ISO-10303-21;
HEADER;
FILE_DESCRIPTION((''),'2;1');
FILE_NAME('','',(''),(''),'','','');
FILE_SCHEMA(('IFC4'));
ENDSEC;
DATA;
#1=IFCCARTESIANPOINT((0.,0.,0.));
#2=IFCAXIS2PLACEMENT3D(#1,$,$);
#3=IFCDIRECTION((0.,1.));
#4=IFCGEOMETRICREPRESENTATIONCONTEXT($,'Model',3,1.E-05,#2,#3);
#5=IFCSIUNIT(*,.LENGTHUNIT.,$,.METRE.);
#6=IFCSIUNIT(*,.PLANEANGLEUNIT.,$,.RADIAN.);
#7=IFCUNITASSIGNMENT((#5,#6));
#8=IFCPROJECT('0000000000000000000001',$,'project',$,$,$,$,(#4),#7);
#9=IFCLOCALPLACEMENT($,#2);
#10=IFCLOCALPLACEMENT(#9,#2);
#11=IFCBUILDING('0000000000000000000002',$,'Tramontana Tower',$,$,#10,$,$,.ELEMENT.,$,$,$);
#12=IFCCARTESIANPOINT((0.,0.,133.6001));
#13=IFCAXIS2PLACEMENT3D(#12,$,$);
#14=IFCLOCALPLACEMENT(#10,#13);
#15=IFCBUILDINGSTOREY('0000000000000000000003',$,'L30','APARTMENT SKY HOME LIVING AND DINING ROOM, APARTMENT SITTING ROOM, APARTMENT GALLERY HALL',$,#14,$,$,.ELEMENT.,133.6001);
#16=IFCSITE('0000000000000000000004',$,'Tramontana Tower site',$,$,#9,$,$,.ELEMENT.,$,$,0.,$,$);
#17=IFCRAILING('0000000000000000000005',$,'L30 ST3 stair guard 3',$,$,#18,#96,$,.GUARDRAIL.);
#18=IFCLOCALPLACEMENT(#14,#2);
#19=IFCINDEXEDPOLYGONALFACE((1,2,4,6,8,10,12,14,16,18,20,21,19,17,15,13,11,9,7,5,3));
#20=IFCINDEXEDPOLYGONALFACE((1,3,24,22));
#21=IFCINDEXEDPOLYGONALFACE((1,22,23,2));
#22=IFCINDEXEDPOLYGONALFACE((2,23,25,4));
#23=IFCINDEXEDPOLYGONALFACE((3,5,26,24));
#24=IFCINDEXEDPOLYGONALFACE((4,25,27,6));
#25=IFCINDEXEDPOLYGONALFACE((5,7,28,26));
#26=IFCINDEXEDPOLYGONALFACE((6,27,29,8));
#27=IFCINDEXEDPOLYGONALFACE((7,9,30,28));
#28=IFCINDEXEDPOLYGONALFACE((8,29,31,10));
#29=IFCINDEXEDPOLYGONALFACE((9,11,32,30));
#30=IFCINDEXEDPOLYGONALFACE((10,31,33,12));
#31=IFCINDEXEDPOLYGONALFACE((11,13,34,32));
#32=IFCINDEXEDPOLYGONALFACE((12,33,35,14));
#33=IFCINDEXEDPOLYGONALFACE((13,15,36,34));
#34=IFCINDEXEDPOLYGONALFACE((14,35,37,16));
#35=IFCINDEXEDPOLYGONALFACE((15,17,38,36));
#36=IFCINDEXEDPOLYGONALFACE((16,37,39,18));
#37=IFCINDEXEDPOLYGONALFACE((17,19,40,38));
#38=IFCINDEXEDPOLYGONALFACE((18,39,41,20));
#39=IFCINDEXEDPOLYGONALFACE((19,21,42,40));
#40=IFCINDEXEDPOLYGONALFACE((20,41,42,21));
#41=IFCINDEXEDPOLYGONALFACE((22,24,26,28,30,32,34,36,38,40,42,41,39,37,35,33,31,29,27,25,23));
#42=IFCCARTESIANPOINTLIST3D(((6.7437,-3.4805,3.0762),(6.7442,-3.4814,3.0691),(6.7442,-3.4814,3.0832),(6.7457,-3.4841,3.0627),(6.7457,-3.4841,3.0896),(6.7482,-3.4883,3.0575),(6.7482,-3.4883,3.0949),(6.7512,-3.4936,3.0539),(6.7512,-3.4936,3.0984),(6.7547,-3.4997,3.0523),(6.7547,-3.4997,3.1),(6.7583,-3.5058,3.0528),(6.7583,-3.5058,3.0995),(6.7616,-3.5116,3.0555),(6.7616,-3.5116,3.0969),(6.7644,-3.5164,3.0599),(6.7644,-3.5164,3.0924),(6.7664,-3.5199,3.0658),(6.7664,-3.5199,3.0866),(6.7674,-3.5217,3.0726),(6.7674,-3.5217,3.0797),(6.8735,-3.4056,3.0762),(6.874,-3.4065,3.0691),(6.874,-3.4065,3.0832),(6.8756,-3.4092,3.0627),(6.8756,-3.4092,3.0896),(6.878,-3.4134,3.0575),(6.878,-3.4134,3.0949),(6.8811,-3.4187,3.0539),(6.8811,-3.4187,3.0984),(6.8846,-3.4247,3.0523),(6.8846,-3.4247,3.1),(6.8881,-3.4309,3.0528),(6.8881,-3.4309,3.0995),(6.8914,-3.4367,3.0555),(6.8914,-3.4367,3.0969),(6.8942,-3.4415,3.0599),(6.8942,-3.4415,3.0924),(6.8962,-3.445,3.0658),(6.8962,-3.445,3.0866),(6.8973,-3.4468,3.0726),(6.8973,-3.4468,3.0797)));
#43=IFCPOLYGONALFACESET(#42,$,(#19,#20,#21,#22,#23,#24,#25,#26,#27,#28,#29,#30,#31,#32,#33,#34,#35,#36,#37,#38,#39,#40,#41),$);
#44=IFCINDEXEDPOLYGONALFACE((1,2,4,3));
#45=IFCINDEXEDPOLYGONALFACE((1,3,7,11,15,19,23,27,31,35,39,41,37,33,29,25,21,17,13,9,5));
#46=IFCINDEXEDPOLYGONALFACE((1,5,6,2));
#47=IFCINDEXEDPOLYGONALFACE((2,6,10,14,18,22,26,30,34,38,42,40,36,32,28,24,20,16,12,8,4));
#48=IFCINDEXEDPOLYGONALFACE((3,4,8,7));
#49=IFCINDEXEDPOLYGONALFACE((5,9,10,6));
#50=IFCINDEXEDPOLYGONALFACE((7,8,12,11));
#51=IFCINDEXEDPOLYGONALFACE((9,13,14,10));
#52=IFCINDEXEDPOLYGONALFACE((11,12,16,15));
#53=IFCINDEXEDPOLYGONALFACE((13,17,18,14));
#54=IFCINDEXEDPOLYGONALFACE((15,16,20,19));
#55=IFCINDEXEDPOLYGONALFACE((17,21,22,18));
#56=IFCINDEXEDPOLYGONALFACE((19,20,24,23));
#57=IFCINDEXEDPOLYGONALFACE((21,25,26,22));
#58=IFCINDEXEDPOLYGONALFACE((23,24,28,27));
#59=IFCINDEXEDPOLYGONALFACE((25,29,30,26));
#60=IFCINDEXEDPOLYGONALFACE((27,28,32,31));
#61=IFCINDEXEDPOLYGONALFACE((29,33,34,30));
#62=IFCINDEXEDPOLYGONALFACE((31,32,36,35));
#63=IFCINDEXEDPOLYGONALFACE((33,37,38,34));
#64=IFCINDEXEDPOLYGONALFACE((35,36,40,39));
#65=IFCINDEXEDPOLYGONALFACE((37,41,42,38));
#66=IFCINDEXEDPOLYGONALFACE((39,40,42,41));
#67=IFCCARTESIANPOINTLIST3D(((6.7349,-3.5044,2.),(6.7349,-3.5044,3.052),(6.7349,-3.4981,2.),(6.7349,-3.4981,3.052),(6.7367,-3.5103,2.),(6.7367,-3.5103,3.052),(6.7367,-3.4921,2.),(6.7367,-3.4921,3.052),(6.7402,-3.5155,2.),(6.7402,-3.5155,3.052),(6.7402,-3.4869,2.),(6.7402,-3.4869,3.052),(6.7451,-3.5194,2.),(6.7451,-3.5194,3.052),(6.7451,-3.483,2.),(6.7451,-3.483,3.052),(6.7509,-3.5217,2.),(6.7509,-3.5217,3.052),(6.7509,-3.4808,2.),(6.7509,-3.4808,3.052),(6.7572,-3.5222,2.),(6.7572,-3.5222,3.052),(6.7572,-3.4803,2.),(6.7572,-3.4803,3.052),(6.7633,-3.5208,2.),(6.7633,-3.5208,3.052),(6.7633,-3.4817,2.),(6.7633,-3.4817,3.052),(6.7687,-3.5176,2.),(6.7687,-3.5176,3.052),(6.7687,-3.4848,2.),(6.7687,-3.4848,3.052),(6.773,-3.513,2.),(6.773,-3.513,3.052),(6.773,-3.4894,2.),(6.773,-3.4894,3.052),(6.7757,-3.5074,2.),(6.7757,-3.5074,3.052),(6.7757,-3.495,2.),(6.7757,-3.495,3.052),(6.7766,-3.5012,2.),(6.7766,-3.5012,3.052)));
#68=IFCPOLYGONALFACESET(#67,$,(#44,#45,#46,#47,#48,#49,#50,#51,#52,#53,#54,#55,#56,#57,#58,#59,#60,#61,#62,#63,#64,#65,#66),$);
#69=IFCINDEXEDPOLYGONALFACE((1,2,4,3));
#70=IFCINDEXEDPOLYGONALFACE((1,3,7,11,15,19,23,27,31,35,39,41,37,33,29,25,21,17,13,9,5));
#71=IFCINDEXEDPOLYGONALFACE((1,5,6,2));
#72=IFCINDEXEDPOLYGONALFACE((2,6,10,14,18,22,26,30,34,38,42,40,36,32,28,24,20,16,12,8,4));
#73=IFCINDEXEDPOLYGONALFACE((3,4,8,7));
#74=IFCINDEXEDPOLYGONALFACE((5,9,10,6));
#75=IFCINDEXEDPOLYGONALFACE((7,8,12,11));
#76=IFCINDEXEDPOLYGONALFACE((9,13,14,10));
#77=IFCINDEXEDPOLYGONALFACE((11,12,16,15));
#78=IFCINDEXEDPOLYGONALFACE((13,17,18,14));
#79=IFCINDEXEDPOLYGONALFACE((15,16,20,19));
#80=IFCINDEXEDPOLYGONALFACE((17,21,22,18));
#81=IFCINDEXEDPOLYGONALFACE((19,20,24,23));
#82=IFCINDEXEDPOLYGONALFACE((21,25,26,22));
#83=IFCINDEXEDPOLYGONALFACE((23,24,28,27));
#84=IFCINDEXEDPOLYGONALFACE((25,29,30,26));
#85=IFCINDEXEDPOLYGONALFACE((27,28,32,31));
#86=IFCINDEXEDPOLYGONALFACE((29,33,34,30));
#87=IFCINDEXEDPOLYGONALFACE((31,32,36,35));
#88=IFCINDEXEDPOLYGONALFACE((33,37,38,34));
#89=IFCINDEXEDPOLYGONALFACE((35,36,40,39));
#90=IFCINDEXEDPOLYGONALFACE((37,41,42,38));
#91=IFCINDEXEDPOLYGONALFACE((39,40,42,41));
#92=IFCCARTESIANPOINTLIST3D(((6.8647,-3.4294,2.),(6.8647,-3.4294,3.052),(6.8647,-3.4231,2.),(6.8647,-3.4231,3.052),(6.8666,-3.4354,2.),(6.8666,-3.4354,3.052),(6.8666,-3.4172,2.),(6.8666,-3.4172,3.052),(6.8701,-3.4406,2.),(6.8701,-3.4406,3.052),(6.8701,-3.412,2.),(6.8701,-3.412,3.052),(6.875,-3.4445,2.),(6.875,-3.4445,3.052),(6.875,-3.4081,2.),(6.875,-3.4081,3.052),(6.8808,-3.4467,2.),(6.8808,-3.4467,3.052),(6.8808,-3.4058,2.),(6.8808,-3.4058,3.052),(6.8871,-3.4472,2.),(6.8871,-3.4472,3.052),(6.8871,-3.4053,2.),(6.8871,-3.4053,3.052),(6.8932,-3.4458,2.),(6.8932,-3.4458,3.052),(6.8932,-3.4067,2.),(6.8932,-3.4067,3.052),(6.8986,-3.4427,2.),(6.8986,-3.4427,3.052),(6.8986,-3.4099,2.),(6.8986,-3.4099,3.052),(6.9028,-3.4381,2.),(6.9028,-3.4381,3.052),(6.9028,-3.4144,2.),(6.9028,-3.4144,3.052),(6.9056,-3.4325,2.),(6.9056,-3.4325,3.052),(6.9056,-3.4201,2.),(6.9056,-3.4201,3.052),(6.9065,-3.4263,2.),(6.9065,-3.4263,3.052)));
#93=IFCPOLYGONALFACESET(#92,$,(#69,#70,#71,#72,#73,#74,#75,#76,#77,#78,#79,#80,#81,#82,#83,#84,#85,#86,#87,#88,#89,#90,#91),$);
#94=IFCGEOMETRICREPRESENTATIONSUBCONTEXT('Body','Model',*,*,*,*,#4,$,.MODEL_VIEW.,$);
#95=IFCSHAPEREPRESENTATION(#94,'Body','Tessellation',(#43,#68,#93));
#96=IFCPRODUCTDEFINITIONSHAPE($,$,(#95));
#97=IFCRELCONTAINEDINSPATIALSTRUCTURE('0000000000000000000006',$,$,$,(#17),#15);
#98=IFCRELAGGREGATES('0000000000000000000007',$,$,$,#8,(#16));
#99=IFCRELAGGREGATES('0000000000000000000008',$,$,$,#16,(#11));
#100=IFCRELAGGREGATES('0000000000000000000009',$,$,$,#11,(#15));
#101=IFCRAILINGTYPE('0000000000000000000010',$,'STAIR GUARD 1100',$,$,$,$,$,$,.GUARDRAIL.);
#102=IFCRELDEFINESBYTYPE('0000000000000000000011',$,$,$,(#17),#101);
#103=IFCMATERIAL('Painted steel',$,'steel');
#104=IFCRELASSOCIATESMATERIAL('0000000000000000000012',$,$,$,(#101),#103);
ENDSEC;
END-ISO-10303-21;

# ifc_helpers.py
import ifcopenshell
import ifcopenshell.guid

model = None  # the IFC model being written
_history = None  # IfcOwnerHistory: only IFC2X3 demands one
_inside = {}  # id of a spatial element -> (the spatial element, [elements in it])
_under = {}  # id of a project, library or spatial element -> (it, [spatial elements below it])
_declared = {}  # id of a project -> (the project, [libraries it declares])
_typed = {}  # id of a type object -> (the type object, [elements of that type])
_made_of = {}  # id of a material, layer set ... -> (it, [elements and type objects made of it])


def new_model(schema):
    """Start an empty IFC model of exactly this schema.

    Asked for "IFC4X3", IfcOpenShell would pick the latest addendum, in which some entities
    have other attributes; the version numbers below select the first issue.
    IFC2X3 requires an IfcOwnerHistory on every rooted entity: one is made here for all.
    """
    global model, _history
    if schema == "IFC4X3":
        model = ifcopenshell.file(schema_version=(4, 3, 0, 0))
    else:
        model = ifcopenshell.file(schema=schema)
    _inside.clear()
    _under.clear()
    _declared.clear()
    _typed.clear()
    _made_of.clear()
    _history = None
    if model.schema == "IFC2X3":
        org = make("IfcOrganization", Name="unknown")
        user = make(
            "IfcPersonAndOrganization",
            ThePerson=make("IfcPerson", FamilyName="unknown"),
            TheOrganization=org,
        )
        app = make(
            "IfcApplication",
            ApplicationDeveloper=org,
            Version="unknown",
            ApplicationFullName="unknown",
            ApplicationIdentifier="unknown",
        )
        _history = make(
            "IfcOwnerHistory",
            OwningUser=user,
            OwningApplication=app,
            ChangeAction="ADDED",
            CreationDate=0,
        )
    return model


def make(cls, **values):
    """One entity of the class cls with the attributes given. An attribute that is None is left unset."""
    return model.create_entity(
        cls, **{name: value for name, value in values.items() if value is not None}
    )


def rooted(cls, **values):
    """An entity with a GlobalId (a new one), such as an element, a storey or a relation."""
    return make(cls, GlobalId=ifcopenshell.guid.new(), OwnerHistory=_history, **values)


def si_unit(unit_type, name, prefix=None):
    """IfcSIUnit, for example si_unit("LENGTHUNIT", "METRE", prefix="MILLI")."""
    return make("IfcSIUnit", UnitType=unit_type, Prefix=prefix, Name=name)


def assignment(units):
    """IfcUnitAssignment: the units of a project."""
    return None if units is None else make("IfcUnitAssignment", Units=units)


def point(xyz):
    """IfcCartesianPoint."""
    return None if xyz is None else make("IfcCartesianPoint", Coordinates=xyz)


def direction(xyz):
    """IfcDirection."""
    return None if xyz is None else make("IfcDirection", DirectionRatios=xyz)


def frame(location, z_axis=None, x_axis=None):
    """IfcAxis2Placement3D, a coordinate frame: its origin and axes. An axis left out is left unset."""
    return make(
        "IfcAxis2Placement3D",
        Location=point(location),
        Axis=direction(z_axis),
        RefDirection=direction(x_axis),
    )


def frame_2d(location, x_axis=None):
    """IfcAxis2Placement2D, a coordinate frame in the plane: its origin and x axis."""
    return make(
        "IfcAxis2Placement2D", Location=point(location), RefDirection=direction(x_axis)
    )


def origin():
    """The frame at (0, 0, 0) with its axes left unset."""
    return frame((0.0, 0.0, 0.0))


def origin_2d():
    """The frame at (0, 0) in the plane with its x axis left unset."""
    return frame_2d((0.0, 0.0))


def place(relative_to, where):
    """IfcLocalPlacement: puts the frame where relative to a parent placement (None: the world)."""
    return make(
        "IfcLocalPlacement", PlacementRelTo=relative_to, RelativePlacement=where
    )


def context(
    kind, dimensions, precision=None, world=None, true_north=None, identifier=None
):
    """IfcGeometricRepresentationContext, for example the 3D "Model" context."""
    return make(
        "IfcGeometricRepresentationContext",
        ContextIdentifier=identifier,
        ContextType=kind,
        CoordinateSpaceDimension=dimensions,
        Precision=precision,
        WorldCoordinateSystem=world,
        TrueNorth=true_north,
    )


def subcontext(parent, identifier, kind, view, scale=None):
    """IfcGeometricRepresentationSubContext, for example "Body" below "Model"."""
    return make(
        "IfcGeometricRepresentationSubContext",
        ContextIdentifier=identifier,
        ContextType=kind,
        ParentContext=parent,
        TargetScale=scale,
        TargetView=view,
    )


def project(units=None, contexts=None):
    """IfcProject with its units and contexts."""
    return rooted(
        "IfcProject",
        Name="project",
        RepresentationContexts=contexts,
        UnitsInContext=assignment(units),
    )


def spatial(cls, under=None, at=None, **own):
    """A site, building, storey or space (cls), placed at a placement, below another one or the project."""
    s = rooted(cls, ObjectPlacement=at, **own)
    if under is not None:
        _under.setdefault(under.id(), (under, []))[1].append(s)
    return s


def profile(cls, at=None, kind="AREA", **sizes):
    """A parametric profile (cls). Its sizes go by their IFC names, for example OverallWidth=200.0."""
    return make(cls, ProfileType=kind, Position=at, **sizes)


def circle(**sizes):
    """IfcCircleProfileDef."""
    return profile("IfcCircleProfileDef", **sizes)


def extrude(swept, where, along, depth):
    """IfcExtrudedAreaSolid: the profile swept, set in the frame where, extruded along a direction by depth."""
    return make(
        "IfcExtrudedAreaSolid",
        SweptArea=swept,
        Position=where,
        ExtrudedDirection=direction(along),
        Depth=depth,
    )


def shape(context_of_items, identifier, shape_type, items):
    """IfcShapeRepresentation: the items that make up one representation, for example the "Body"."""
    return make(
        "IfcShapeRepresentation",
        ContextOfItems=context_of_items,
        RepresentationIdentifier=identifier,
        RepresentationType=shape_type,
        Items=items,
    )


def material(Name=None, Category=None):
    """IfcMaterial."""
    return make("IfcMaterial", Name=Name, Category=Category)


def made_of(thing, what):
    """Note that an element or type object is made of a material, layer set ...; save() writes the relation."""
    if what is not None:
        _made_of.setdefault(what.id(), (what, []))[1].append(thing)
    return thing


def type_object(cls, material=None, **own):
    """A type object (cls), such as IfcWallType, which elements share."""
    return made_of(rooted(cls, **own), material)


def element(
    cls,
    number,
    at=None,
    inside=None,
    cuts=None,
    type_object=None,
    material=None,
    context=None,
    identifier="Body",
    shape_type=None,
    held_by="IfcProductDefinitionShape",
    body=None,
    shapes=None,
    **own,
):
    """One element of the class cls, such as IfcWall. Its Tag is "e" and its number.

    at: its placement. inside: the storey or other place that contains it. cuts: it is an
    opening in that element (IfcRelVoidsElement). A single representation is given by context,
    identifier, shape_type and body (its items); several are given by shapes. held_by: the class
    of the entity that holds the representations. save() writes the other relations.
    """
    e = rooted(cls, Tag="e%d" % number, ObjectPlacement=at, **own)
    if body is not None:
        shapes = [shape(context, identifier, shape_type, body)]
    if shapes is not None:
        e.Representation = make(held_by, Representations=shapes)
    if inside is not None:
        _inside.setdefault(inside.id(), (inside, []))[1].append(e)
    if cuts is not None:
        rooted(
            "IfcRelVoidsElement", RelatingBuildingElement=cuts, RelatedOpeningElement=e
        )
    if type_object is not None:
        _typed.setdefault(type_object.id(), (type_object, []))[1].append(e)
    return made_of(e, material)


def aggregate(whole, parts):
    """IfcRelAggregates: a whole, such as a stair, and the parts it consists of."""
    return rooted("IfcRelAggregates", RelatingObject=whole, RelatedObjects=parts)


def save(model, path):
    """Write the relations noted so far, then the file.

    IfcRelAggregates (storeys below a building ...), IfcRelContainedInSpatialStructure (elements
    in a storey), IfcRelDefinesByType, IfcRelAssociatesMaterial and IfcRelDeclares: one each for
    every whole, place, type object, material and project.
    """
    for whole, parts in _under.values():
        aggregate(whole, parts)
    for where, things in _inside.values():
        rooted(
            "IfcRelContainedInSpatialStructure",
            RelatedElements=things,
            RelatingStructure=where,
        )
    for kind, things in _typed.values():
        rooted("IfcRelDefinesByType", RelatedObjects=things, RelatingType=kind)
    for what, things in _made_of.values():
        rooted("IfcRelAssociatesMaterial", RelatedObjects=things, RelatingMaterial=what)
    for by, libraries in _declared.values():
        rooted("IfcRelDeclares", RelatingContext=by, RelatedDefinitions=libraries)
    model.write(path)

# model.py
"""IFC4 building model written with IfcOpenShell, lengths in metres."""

from ifc_helpers import new_model, si_unit, direction, frame, origin, origin_2d, place, context, subcontext, project, spatial, circle, extrude, material, type_object, element, save


model = new_model("IFC4")

# Units and contexts
model_context = context("Model", 3, precision=1e-05, world=origin(), true_north=direction((0.0, 1.0)))
body_context = subcontext(model_context, "Body", "Model", "MODEL_VIEW")
ifc_project = project(units=[si_unit("LENGTHUNIT", "METRE"), si_unit("PLANEANGLEUNIT", "RADIAN")], contexts=[model_context])

# Site, building, storey
site_placement = place(None, origin())
site = spatial("IfcSite", under=ifc_project, at=site_placement, Name="Tramontana Tower site", CompositionType="ELEMENT", RefElevation=0.0)
building_placement = place(site_placement, origin())
building = spatial("IfcBuilding", under=site, at=building_placement, Name="Tramontana Tower", CompositionType="ELEMENT")
storey_placement = place(building_placement, frame((0.0, 0.0, 133.6001)))
storey = spatial("IfcBuildingStorey", under=building, at=storey_placement, Name="L30", Description="APARTMENT SKY HOME LIVING AND DINING ROOM, APARTMENT SITTING ROOM, APARTMENT GALLERY HALL", CompositionType="ELEMENT", Elevation=133.6001)

# Railing
ifc_material_1 = material(Name="Painted steel", Category="steel")
railing_type_1 = type_object("IfcRailingType", Name="STAIR GUARD 1100", PredefinedType="GUARDRAIL", material=ifc_material_1)
railing_1_placement = place(storey_placement, frame((6.7556, -3.5012, 2.0)))
element("IfcRailing", 1, at=railing_1_placement, inside=storey, type_object=railing_type_1, Name="L30 ST3 stair guard 3", PredefinedType="GUARDRAIL", context=body_context, shape_type="SweptSolid", body=[
    extrude(circle(Radius=0.0239, at=origin_2d()), frame((0.0, 0.0, 1.0762), z_axis=(0.866131, 0.499816, 0.0), x_axis=(-0.499816, 0.866131, 0.0)), (0.0, 0.0, 1.0), 0.1499),
    extrude(circle(Radius=0.021, at=origin_2d()), origin(), (0.0, 0.0, 1.0), 1.052),
    extrude(circle(Radius=0.021, at=origin_2d()), frame((0.1299, 0.075, 0.0)), (0.0, 0.0, 1.0), 1.052),
])

save(model, "model.ifc")
